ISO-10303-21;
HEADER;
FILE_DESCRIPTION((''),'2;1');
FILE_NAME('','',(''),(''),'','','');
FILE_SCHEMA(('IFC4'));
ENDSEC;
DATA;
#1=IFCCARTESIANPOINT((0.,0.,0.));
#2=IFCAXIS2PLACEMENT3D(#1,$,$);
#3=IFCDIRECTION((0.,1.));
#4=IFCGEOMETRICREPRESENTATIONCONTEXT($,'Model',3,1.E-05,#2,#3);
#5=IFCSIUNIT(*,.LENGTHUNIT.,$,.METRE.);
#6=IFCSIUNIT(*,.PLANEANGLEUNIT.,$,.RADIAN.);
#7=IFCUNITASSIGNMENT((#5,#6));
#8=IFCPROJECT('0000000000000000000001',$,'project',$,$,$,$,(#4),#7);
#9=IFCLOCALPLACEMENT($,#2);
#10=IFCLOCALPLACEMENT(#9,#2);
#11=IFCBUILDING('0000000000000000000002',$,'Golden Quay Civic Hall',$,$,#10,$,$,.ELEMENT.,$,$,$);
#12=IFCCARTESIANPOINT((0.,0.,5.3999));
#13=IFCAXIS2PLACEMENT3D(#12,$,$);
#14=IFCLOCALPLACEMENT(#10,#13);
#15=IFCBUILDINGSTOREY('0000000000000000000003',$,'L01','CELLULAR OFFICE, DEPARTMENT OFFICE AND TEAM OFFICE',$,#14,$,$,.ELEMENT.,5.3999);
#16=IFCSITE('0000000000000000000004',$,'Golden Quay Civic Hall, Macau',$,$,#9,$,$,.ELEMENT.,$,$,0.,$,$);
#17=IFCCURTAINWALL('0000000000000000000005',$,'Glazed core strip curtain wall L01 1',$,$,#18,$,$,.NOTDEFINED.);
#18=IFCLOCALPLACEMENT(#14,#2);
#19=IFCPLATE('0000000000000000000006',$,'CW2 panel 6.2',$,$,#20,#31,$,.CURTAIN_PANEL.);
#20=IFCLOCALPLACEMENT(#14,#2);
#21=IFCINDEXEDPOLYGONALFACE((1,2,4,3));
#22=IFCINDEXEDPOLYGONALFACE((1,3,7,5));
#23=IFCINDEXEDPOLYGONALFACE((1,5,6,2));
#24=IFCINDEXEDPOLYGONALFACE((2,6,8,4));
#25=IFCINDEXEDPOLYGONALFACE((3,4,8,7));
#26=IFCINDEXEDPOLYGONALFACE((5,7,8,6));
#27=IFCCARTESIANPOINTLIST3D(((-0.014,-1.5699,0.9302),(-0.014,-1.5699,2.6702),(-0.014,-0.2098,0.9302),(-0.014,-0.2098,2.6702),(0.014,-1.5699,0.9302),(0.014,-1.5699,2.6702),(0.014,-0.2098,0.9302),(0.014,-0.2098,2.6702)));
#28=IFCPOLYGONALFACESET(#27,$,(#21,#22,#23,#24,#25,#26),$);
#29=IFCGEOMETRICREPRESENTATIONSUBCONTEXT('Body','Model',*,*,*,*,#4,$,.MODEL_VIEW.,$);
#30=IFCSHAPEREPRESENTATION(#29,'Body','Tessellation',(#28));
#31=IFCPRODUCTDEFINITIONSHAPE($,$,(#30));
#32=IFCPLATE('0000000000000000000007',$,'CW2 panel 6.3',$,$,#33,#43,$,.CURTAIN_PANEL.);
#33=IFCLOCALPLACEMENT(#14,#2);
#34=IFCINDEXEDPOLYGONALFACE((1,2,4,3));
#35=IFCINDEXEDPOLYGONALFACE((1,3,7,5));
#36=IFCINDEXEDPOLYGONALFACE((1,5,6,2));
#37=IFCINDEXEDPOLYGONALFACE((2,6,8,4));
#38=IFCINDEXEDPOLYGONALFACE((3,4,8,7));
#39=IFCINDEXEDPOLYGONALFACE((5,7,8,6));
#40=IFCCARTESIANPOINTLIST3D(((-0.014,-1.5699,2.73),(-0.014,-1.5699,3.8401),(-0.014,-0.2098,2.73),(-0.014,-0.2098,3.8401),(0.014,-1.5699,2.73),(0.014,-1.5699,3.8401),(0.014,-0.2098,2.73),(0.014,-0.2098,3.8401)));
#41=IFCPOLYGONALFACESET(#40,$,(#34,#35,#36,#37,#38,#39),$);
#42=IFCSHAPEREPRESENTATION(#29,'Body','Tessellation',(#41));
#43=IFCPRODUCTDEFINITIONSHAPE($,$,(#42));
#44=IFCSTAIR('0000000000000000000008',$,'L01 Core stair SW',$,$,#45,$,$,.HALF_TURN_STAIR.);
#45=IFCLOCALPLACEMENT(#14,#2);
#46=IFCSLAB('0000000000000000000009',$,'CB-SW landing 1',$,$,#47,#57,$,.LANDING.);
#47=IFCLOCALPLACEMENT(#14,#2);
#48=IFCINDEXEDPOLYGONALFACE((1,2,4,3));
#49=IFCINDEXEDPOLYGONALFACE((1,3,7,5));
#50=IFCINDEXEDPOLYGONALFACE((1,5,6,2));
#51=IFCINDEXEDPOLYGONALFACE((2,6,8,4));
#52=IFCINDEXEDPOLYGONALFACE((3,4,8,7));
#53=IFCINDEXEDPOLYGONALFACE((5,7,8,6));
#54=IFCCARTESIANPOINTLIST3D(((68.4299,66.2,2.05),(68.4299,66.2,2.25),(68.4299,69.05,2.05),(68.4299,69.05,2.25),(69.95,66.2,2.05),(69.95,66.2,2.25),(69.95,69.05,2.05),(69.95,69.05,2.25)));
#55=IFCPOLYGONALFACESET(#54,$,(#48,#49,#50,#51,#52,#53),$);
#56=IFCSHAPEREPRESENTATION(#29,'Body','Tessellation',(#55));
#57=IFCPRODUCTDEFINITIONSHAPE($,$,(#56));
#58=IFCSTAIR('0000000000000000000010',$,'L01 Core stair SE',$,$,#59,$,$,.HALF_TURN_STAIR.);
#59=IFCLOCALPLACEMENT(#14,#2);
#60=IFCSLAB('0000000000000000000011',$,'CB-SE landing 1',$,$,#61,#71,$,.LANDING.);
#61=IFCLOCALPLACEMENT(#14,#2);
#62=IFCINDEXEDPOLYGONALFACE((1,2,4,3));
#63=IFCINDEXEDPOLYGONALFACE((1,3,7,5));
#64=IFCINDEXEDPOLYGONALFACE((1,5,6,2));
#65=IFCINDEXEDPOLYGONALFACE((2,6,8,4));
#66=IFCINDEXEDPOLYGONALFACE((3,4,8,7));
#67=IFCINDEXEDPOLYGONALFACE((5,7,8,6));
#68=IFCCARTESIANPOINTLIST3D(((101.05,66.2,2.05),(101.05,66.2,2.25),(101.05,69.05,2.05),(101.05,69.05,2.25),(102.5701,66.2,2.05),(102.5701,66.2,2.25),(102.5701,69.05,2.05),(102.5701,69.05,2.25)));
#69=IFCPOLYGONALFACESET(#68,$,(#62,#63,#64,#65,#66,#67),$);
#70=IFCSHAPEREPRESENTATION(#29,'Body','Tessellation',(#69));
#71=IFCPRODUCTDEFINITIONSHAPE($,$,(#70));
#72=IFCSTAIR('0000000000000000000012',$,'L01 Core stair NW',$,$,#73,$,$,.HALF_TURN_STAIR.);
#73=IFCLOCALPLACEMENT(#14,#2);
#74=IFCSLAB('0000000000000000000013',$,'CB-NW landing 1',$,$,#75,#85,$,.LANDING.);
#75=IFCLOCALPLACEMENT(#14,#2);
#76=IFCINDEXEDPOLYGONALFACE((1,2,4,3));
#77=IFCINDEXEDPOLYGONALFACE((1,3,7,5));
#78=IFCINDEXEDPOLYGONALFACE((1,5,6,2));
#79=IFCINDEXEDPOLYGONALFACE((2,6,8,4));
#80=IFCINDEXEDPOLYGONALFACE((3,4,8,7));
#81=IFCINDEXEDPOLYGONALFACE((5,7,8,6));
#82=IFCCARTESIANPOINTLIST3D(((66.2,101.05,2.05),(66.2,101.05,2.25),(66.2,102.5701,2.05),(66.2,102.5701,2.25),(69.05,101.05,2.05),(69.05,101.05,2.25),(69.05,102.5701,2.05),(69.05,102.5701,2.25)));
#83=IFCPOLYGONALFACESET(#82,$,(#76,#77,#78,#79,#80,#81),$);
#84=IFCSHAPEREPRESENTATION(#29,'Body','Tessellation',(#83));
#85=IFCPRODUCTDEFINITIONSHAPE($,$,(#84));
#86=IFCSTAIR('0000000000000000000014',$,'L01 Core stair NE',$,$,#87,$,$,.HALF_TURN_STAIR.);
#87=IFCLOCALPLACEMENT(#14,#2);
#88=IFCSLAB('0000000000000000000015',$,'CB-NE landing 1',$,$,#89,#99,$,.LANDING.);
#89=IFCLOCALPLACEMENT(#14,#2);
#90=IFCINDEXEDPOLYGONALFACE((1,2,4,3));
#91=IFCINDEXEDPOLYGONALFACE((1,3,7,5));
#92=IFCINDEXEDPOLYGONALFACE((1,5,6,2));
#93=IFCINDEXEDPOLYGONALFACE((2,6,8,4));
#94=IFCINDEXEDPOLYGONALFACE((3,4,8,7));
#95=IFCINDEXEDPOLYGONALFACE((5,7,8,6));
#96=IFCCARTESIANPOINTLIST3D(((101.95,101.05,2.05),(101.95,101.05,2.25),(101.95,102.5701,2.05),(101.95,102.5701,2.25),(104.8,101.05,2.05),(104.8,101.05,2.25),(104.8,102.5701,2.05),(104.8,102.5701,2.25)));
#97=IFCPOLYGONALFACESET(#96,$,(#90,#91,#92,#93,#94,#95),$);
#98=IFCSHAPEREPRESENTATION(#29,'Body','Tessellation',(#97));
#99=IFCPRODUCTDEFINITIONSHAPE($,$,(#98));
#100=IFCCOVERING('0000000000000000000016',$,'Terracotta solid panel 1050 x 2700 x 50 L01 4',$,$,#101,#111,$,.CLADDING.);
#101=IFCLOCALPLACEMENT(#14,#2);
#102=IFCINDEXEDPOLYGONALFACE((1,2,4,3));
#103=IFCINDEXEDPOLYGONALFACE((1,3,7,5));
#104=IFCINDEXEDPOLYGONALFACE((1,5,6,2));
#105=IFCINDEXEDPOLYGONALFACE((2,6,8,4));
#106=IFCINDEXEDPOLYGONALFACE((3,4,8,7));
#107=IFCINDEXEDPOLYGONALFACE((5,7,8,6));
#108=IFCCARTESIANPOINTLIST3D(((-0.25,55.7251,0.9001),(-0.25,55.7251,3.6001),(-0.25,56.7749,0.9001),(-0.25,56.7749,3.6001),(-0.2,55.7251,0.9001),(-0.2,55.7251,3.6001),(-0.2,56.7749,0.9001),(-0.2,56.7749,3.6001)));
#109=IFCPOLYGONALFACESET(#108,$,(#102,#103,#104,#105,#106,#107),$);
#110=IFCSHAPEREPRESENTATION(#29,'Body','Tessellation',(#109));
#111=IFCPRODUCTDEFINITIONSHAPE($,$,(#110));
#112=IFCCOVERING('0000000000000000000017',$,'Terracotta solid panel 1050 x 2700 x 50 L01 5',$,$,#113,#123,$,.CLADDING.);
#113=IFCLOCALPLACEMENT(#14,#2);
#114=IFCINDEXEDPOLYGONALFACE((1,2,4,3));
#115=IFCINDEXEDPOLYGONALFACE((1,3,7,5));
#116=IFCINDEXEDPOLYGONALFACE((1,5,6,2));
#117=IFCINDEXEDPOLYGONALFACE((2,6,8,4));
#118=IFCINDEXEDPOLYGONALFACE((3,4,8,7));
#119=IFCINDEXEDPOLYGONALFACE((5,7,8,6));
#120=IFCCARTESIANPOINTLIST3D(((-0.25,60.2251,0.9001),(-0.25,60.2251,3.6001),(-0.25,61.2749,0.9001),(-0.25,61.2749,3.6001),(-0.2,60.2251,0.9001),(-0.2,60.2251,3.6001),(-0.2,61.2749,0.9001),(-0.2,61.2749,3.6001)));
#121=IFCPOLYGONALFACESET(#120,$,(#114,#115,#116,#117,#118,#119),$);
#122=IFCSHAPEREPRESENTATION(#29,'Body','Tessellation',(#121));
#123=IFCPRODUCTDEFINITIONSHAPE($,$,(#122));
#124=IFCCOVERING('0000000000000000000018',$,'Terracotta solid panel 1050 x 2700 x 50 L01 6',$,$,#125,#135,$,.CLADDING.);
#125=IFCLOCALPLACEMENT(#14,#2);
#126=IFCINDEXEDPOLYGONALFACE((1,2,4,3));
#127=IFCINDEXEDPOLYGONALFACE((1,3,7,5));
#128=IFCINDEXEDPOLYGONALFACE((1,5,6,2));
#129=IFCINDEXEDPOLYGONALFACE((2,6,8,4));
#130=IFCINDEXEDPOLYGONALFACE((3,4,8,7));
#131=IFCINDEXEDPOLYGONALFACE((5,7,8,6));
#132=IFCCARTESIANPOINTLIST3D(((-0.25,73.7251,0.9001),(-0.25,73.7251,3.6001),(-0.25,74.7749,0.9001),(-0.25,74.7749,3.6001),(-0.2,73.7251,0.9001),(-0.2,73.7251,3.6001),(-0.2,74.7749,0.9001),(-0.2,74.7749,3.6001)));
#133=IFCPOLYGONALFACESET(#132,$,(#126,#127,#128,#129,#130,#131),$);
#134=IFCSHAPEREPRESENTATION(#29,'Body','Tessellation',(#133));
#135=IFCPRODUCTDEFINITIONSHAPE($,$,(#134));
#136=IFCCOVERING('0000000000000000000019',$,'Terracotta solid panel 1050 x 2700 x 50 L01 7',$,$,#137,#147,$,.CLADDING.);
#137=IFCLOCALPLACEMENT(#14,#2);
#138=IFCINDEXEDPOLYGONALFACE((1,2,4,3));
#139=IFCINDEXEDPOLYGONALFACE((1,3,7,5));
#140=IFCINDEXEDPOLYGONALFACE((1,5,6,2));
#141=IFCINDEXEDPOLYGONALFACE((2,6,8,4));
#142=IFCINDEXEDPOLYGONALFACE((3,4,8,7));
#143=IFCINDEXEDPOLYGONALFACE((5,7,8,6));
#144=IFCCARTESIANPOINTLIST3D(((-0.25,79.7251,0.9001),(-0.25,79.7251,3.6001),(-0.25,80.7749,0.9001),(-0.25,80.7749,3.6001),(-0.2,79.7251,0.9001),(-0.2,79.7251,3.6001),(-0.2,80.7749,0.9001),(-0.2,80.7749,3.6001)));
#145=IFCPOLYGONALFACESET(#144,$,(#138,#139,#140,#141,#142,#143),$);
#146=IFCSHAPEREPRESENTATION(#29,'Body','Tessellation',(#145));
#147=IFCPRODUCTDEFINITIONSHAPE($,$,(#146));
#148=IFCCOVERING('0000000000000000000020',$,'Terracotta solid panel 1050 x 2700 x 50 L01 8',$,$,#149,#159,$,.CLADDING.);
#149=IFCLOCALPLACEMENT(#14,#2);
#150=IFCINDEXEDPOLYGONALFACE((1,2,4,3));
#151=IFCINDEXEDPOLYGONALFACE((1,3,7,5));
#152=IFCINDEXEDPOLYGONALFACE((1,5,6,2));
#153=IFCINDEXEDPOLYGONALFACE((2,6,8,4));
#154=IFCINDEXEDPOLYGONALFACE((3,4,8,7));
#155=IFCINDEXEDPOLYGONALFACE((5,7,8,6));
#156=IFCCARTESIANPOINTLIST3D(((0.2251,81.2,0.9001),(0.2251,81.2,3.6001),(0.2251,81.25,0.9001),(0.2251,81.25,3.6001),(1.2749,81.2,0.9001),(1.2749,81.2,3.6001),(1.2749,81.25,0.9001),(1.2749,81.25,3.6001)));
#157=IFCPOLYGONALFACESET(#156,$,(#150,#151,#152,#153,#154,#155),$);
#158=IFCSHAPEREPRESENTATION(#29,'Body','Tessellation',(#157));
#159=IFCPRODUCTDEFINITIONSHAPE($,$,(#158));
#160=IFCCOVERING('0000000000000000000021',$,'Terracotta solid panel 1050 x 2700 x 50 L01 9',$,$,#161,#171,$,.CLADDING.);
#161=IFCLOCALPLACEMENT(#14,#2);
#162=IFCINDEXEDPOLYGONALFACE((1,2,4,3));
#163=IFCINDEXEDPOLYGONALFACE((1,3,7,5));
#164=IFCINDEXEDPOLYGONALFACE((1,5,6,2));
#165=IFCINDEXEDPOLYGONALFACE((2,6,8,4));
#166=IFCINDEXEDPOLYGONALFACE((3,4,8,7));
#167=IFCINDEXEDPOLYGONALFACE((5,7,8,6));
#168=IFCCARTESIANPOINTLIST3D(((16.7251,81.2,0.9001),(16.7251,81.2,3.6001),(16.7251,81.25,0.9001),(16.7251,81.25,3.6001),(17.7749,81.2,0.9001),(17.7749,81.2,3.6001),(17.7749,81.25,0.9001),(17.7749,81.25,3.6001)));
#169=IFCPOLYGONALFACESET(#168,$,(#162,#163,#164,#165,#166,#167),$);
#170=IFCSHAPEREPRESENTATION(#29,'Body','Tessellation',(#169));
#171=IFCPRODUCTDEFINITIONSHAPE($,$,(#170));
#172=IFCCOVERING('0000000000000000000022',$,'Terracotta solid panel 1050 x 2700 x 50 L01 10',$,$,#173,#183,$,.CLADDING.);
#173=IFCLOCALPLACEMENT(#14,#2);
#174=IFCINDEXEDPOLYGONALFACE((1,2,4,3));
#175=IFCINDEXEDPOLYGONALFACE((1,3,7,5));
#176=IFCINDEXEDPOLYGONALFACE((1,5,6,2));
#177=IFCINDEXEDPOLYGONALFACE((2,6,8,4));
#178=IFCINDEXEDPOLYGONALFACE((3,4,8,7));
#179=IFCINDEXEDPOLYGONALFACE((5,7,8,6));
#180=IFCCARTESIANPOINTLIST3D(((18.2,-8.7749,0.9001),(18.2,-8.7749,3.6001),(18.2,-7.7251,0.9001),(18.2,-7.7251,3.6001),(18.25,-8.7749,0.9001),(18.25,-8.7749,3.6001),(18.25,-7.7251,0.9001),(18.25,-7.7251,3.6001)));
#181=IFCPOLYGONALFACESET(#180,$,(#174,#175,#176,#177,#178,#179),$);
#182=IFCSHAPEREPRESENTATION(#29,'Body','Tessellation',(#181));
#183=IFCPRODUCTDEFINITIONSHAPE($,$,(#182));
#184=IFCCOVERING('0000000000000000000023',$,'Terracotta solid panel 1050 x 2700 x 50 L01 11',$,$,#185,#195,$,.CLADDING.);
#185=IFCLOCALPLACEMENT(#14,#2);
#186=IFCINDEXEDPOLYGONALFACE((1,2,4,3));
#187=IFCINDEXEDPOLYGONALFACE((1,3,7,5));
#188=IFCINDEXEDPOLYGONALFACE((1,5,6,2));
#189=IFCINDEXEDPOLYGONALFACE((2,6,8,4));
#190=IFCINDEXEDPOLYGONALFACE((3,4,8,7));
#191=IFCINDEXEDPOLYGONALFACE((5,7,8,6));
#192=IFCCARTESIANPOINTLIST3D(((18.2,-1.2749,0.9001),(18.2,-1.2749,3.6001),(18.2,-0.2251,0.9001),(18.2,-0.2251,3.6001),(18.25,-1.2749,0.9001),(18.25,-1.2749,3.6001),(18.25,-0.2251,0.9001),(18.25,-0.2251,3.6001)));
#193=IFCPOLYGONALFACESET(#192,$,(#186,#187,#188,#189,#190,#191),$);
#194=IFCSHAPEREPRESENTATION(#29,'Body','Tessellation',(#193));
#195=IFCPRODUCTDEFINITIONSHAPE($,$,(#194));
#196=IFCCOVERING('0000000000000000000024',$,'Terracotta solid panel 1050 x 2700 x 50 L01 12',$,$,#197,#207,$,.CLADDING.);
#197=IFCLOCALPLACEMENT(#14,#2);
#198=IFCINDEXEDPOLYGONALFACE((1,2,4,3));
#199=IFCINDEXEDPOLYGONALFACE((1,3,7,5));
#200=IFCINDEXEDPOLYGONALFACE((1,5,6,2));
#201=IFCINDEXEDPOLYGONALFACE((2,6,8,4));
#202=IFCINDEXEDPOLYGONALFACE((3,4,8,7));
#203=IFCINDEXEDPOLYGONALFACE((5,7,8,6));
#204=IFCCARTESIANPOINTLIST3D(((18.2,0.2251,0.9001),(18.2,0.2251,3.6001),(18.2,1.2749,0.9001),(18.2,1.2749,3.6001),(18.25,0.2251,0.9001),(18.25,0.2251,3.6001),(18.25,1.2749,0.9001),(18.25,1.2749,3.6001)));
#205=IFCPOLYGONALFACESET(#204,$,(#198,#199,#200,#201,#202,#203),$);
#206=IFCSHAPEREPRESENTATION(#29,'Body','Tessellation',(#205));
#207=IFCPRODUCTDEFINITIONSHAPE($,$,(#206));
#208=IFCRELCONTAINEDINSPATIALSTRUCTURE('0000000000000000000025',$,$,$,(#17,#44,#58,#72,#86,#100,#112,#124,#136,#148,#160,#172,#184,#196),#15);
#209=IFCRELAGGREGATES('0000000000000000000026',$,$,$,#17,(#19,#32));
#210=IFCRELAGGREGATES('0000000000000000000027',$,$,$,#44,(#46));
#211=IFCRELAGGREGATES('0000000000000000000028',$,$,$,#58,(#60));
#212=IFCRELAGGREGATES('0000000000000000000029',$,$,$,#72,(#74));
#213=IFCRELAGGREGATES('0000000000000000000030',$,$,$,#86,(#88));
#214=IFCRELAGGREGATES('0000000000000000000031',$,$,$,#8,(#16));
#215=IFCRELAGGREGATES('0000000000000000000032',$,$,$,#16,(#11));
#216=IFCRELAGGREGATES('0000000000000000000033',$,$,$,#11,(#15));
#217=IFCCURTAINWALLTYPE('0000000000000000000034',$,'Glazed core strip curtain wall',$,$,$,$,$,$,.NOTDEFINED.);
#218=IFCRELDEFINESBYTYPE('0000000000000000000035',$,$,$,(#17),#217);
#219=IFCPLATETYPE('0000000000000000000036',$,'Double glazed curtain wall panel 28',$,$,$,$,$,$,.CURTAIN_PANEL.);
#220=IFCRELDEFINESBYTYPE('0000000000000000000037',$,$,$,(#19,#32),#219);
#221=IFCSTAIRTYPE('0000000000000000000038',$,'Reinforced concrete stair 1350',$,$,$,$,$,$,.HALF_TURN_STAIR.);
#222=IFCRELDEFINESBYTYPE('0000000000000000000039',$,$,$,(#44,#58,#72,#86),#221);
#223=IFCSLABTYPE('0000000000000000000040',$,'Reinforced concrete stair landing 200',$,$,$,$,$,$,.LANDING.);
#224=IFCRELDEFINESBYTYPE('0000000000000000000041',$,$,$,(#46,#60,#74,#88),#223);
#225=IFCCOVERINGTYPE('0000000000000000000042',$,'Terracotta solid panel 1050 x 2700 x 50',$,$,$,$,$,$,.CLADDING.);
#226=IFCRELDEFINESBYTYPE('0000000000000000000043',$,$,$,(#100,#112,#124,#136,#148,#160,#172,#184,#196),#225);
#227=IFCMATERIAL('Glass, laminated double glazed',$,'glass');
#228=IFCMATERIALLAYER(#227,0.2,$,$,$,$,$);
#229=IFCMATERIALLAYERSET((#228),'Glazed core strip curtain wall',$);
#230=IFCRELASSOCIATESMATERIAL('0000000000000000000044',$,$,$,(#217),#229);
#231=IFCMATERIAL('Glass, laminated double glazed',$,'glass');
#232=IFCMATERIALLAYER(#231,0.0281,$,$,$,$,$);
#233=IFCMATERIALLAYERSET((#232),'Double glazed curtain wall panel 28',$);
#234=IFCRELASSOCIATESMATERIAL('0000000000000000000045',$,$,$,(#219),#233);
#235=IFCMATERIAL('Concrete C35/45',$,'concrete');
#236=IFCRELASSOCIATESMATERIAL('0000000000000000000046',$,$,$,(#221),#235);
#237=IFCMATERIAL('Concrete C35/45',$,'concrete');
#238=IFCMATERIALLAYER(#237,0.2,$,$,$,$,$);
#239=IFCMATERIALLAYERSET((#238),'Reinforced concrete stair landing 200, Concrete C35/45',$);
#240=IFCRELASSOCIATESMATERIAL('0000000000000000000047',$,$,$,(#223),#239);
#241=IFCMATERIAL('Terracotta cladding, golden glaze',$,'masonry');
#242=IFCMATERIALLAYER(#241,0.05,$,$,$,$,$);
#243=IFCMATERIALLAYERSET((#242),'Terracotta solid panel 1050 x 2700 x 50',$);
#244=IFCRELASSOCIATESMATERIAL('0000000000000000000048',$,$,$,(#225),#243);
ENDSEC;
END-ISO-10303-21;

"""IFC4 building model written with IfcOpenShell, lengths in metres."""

from ifc_helpers import new_model, si_unit, direction, frame, origin, origin_2d, place, context, subcontext, project, spatial, polyline, rectangle, outline, extrude, material, layer, layer_set, type_object, element, aggregate, save


model = new_model("IFC4")

# Units and contexts
model_context = context("Model", 3, precision=1e-05, world=origin(), true_north=direction((0.0, 1.0)))
body_context = subcontext(model_context, "Body", "Model", "MODEL_VIEW")
ifc_project = project(units=[si_unit("LENGTHUNIT", "METRE"), si_unit("PLANEANGLEUNIT", "RADIAN")], contexts=[model_context])

# Site, building, storey
site_placement = place(None, origin())
site = spatial("IfcSite", under=ifc_project, at=site_placement, Name="Golden Quay Civic Hall, Macau", CompositionType="ELEMENT", RefElevation=0.0)
building_placement = place(site_placement, origin())
building = spatial("IfcBuilding", under=site, at=building_placement, Name="Golden Quay Civic Hall", CompositionType="ELEMENT")
storey_placement = place(building_placement, frame((0.0, 0.0, 5.3999)))
storey = spatial("IfcBuildingStorey", under=building, at=storey_placement, Name="L01", Description="CELLULAR OFFICE, DEPARTMENT OFFICE AND TEAM OFFICE", CompositionType="ELEMENT", Elevation=5.3999)

# Curtain wall, plates
ifc_material_1 = material(Name="Glass, laminated double glazed", Category="glass")
ifc_layer_1 = layer(ifc_material_1, 0.2)
ifc_layer_set_1 = layer_set([ifc_layer_1], Name="Glazed core strip curtain wall")
curtain_wall_type = type_object("IfcCurtainWallType", Name="Glazed core strip curtain wall", PredefinedType="NOTDEFINED", material=ifc_layer_set_1)
curtain_wall_placement = place(storey_placement, origin())
curtain_wall = element("IfcCurtainWall", 1, at=curtain_wall_placement, inside=storey, type_object=curtain_wall_type, Name="Glazed core strip curtain wall L01 1", PredefinedType="NOTDEFINED")
ifc_material_2 = material(Name="Glass, laminated double glazed", Category="glass")
ifc_layer_2 = layer(ifc_material_2, 0.0281)
ifc_layer_set_2 = layer_set([ifc_layer_2], Name="Double glazed curtain wall panel 28")
plate_type = type_object("IfcPlateType", Name="Double glazed curtain wall panel 28", PredefinedType="CURTAIN_PANEL", material=ifc_layer_set_2)
plate_1_placement = place(storey_placement, frame((0.0, -0.8899, 0.9302), z_axis=(0.0, 0.0, 1.0), x_axis=(0.0, 1.0, 0.0)))
plate_1 = element("IfcPlate", 2, at=plate_1_placement, type_object=plate_type, Name="CW2 panel 6.2", PredefinedType="CURTAIN_PANEL", context=body_context, shape_type="SweptSolid", body=[
    extrude(rectangle(XDim=1.3601, YDim=0.0281, at=origin_2d()), origin(), (0.0, 0.0, 1.0), 1.74),
])
plate_2_placement = place(storey_placement, frame((0.0, -0.8899, 2.73), z_axis=(0.0, 0.0, 1.0), x_axis=(0.0, 1.0, 0.0)))
plate_2 = element("IfcPlate", 3, at=plate_2_placement, type_object=plate_type, Name="CW2 panel 6.3", PredefinedType="CURTAIN_PANEL", context=body_context, shape_type="SweptSolid", body=[
    extrude(rectangle(XDim=1.3601, YDim=0.0281, at=origin_2d()), origin(), (0.0, 0.0, 1.0), 1.1101),
])
aggregate(curtain_wall, [plate_1, plate_2])

# Stairs, slabs
ifc_material_3 = material(Name="Concrete C35/45", Category="concrete")
stair_type = type_object("IfcStairType", Name="Reinforced concrete stair 1350", PredefinedType="HALF_TURN_STAIR", material=ifc_material_3)
stair_1_placement = place(storey_placement, origin())
stair_1 = element("IfcStair", 4, at=stair_1_placement, inside=storey, type_object=stair_type, Name="L01 Core stair SW", PredefinedType="HALF_TURN_STAIR")
ifc_material_4 = material(Name="Concrete C35/45", Category="concrete")
ifc_layer_3 = layer(ifc_material_4, 0.2)
ifc_layer_set_3 = layer_set([ifc_layer_3], Name="Reinforced concrete stair landing 200, Concrete C35/45")
slab_type = type_object("IfcSlabType", Name="Reinforced concrete stair landing 200", PredefinedType="LANDING", material=ifc_layer_set_3)
slab_1_placement = place(storey_placement, frame((0.0, 0.0, 2.05)))
slab_1 = element("IfcSlab", 5, at=slab_1_placement, type_object=slab_type, Name="CB-SW landing 1", PredefinedType="LANDING", context=body_context, shape_type="SweptSolid", body=[
    extrude(outline(polyline([(68.4299, 66.2), (69.95, 66.2), (69.95, 69.05), (68.4299, 69.05), (68.4299, 66.2)])), origin(), (0.0, 0.0, 1.0), 0.2),
])
aggregate(stair_1, [slab_1])
stair_2_placement = place(storey_placement, origin())
stair_2 = element("IfcStair", 6, at=stair_2_placement, inside=storey, type_object=stair_type, Name="L01 Core stair SE", PredefinedType="HALF_TURN_STAIR")
slab_2_placement = place(storey_placement, frame((0.0, 0.0, 2.05)))
slab_2 = element("IfcSlab", 7, at=slab_2_placement, type_object=slab_type, Name="CB-SE landing 1", PredefinedType="LANDING", context=body_context, shape_type="SweptSolid", body=[
    extrude(outline(polyline([(102.5701, 69.05), (101.05, 69.05), (101.05, 66.2), (102.5701, 66.2), (102.5701, 69.05)])), origin(), (0.0, 0.0, 1.0), 0.2),
])
aggregate(stair_2, [slab_2])
stair_3_placement = place(storey_placement, origin())
stair_3 = element("IfcStair", 8, at=stair_3_placement, inside=storey, type_object=stair_type, Name="L01 Core stair NW", PredefinedType="HALF_TURN_STAIR")
slab_3_placement = place(storey_placement, frame((0.0, 0.0, 2.05)))
slab_3 = element("IfcSlab", 9, at=slab_3_placement, type_object=slab_type, Name="CB-NW landing 1", PredefinedType="LANDING", context=body_context, shape_type="SweptSolid", body=[
    extrude(outline(polyline([(66.2, 102.5701), (66.2, 101.05), (69.05, 101.05), (69.05, 102.5701), (66.2, 102.5701)])), origin(), (0.0, 0.0, 1.0), 0.2),
])
aggregate(stair_3, [slab_3])
stair_4_placement = place(storey_placement, origin())
stair_4 = element("IfcStair", 10, at=stair_4_placement, inside=storey, type_object=stair_type, Name="L01 Core stair NE", PredefinedType="HALF_TURN_STAIR")
slab_4_placement = place(storey_placement, frame((0.0, 0.0, 2.05)))
slab_4 = element("IfcSlab", 11, at=slab_4_placement, type_object=slab_type, Name="CB-NE landing 1", PredefinedType="LANDING", context=body_context, shape_type="SweptSolid", body=[
    extrude(outline(polyline([(101.95, 102.5701), (101.95, 101.05), (104.8, 101.05), (104.8, 102.5701), (101.95, 102.5701)])), origin(), (0.0, 0.0, 1.0), 0.2),
])
aggregate(stair_4, [slab_4])

# Coverings
ifc_material_5 = material(Name="Terracotta cladding, golden glaze", Category="masonry")
ifc_layer_4 = layer(ifc_material_5, 0.05)
ifc_layer_set_4 = layer_set([ifc_layer_4], Name="Terracotta solid panel 1050 x 2700 x 50")
covering_type = type_object("IfcCoveringType", Name="Terracotta solid panel 1050 x 2700 x 50", PredefinedType="CLADDING", material=ifc_layer_set_4)
covering_1_placement = place(storey_placement, frame((0.0, 0.0, 0.9001)))
element("IfcCovering", 12, at=covering_1_placement, inside=storey, type_object=covering_type, Name="Terracotta solid panel 1050 x 2700 x 50 L01 4", PredefinedType="CLADDING", context=body_context, shape_type="SweptSolid", body=[
    extrude(outline(polyline([(-0.2, 55.7251), (-0.2, 56.7749), (-0.25, 56.7749), (-0.25, 55.7251), (-0.2, 55.7251)])), origin(), (0.0, 0.0, 1.0), 2.7),
])
covering_2_placement = place(storey_placement, frame((0.0, 0.0, 0.9001)))
element("IfcCovering", 13, at=covering_2_placement, inside=storey, type_object=covering_type, Name="Terracotta solid panel 1050 x 2700 x 50 L01 5", PredefinedType="CLADDING", context=body_context, shape_type="SweptSolid", body=[
    extrude(outline(polyline([(-0.2, 60.2251), (-0.2, 61.2749), (-0.25, 61.2749), (-0.25, 60.2251), (-0.2, 60.2251)])), origin(), (0.0, 0.0, 1.0), 2.7),
])
covering_3_placement = place(storey_placement, frame((0.0, 0.0, 0.9001)))
element("IfcCovering", 14, at=covering_3_placement, inside=storey, type_object=covering_type, Name="Terracotta solid panel 1050 x 2700 x 50 L01 6", PredefinedType="CLADDING", context=body_context, shape_type="SweptSolid", body=[
    extrude(outline(polyline([(-0.2, 73.7251), (-0.2, 74.7749), (-0.25, 74.7749), (-0.25, 73.7251), (-0.2, 73.7251)])), origin(), (0.0, 0.0, 1.0), 2.7),
])
covering_4_placement = place(storey_placement, frame((0.0, 0.0, 0.9001)))
element("IfcCovering", 15, at=covering_4_placement, inside=storey, type_object=covering_type, Name="Terracotta solid panel 1050 x 2700 x 50 L01 7", PredefinedType="CLADDING", context=body_context, shape_type="SweptSolid", body=[
    extrude(outline(polyline([(-0.2, 79.7251), (-0.2, 80.7749), (-0.25, 80.7749), (-0.25, 79.7251), (-0.2, 79.7251)])), origin(), (0.0, 0.0, 1.0), 2.7),
])
covering_5_placement = place(storey_placement, frame((0.0, 0.0, 0.9001)))
element("IfcCovering", 16, at=covering_5_placement, inside=storey, type_object=covering_type, Name="Terracotta solid panel 1050 x 2700 x 50 L01 8", PredefinedType="CLADDING", context=body_context, shape_type="SweptSolid", body=[
    extrude(outline(polyline([(0.2251, 81.2), (1.2749, 81.2), (1.2749, 81.25), (0.2251, 81.25), (0.2251, 81.2)])), origin(), (0.0, 0.0, 1.0), 2.7),
])
covering_6_placement = place(storey_placement, frame((0.0, 0.0, 0.9001)))
element("IfcCovering", 17, at=covering_6_placement, inside=storey, type_object=covering_type, Name="Terracotta solid panel 1050 x 2700 x 50 L01 9", PredefinedType="CLADDING", context=body_context, shape_type="SweptSolid", body=[
    extrude(outline(polyline([(16.7251, 81.2), (17.7749, 81.2), (17.7749, 81.25), (16.7251, 81.25), (16.7251, 81.2)])), origin(), (0.0, 0.0, 1.0), 2.7),
])
covering_7_placement = place(storey_placement, frame((0.0, 0.0, 0.9001)))
element("IfcCovering", 18, at=covering_7_placement, inside=storey, type_object=covering_type, Name="Terracotta solid panel 1050 x 2700 x 50 L01 10", PredefinedType="CLADDING", context=body_context, shape_type="SweptSolid", body=[
    extrude(outline(polyline([(18.2, -8.7749), (18.2, -7.7251), (18.25, -7.7251), (18.25, -8.7749), (18.2, -8.7749)])), origin(), (0.0, 0.0, 1.0), 2.7),
])
covering_8_placement = place(storey_placement, frame((0.0, 0.0, 0.9001)))
element("IfcCovering", 19, at=covering_8_placement, inside=storey, type_object=covering_type, Name="Terracotta solid panel 1050 x 2700 x 50 L01 11", PredefinedType="CLADDING", context=body_context, shape_type="SweptSolid", body=[
    extrude(outline(polyline([(18.2, -1.2749), (18.2, -0.2251), (18.25, -0.2251), (18.25, -1.2749), (18.2, -1.2749)])), origin(), (0.0, 0.0, 1.0), 2.7),
])
covering_9_placement = place(storey_placement, frame((0.0, 0.0, 0.9001)))
element("IfcCovering", 20, at=covering_9_placement, inside=storey, type_object=covering_type, Name="Terracotta solid panel 1050 x 2700 x 50 L01 12", PredefinedType="CLADDING", context=body_context, shape_type="SweptSolid", body=[
    extrude(outline(polyline([(18.2, 0.2251), (18.2, 1.2749), (18.25, 1.2749), (18.25, 0.2251), (18.2, 0.2251)])), origin(), (0.0, 0.0, 1.0), 2.7),
])

save(model, "model.ifc")
